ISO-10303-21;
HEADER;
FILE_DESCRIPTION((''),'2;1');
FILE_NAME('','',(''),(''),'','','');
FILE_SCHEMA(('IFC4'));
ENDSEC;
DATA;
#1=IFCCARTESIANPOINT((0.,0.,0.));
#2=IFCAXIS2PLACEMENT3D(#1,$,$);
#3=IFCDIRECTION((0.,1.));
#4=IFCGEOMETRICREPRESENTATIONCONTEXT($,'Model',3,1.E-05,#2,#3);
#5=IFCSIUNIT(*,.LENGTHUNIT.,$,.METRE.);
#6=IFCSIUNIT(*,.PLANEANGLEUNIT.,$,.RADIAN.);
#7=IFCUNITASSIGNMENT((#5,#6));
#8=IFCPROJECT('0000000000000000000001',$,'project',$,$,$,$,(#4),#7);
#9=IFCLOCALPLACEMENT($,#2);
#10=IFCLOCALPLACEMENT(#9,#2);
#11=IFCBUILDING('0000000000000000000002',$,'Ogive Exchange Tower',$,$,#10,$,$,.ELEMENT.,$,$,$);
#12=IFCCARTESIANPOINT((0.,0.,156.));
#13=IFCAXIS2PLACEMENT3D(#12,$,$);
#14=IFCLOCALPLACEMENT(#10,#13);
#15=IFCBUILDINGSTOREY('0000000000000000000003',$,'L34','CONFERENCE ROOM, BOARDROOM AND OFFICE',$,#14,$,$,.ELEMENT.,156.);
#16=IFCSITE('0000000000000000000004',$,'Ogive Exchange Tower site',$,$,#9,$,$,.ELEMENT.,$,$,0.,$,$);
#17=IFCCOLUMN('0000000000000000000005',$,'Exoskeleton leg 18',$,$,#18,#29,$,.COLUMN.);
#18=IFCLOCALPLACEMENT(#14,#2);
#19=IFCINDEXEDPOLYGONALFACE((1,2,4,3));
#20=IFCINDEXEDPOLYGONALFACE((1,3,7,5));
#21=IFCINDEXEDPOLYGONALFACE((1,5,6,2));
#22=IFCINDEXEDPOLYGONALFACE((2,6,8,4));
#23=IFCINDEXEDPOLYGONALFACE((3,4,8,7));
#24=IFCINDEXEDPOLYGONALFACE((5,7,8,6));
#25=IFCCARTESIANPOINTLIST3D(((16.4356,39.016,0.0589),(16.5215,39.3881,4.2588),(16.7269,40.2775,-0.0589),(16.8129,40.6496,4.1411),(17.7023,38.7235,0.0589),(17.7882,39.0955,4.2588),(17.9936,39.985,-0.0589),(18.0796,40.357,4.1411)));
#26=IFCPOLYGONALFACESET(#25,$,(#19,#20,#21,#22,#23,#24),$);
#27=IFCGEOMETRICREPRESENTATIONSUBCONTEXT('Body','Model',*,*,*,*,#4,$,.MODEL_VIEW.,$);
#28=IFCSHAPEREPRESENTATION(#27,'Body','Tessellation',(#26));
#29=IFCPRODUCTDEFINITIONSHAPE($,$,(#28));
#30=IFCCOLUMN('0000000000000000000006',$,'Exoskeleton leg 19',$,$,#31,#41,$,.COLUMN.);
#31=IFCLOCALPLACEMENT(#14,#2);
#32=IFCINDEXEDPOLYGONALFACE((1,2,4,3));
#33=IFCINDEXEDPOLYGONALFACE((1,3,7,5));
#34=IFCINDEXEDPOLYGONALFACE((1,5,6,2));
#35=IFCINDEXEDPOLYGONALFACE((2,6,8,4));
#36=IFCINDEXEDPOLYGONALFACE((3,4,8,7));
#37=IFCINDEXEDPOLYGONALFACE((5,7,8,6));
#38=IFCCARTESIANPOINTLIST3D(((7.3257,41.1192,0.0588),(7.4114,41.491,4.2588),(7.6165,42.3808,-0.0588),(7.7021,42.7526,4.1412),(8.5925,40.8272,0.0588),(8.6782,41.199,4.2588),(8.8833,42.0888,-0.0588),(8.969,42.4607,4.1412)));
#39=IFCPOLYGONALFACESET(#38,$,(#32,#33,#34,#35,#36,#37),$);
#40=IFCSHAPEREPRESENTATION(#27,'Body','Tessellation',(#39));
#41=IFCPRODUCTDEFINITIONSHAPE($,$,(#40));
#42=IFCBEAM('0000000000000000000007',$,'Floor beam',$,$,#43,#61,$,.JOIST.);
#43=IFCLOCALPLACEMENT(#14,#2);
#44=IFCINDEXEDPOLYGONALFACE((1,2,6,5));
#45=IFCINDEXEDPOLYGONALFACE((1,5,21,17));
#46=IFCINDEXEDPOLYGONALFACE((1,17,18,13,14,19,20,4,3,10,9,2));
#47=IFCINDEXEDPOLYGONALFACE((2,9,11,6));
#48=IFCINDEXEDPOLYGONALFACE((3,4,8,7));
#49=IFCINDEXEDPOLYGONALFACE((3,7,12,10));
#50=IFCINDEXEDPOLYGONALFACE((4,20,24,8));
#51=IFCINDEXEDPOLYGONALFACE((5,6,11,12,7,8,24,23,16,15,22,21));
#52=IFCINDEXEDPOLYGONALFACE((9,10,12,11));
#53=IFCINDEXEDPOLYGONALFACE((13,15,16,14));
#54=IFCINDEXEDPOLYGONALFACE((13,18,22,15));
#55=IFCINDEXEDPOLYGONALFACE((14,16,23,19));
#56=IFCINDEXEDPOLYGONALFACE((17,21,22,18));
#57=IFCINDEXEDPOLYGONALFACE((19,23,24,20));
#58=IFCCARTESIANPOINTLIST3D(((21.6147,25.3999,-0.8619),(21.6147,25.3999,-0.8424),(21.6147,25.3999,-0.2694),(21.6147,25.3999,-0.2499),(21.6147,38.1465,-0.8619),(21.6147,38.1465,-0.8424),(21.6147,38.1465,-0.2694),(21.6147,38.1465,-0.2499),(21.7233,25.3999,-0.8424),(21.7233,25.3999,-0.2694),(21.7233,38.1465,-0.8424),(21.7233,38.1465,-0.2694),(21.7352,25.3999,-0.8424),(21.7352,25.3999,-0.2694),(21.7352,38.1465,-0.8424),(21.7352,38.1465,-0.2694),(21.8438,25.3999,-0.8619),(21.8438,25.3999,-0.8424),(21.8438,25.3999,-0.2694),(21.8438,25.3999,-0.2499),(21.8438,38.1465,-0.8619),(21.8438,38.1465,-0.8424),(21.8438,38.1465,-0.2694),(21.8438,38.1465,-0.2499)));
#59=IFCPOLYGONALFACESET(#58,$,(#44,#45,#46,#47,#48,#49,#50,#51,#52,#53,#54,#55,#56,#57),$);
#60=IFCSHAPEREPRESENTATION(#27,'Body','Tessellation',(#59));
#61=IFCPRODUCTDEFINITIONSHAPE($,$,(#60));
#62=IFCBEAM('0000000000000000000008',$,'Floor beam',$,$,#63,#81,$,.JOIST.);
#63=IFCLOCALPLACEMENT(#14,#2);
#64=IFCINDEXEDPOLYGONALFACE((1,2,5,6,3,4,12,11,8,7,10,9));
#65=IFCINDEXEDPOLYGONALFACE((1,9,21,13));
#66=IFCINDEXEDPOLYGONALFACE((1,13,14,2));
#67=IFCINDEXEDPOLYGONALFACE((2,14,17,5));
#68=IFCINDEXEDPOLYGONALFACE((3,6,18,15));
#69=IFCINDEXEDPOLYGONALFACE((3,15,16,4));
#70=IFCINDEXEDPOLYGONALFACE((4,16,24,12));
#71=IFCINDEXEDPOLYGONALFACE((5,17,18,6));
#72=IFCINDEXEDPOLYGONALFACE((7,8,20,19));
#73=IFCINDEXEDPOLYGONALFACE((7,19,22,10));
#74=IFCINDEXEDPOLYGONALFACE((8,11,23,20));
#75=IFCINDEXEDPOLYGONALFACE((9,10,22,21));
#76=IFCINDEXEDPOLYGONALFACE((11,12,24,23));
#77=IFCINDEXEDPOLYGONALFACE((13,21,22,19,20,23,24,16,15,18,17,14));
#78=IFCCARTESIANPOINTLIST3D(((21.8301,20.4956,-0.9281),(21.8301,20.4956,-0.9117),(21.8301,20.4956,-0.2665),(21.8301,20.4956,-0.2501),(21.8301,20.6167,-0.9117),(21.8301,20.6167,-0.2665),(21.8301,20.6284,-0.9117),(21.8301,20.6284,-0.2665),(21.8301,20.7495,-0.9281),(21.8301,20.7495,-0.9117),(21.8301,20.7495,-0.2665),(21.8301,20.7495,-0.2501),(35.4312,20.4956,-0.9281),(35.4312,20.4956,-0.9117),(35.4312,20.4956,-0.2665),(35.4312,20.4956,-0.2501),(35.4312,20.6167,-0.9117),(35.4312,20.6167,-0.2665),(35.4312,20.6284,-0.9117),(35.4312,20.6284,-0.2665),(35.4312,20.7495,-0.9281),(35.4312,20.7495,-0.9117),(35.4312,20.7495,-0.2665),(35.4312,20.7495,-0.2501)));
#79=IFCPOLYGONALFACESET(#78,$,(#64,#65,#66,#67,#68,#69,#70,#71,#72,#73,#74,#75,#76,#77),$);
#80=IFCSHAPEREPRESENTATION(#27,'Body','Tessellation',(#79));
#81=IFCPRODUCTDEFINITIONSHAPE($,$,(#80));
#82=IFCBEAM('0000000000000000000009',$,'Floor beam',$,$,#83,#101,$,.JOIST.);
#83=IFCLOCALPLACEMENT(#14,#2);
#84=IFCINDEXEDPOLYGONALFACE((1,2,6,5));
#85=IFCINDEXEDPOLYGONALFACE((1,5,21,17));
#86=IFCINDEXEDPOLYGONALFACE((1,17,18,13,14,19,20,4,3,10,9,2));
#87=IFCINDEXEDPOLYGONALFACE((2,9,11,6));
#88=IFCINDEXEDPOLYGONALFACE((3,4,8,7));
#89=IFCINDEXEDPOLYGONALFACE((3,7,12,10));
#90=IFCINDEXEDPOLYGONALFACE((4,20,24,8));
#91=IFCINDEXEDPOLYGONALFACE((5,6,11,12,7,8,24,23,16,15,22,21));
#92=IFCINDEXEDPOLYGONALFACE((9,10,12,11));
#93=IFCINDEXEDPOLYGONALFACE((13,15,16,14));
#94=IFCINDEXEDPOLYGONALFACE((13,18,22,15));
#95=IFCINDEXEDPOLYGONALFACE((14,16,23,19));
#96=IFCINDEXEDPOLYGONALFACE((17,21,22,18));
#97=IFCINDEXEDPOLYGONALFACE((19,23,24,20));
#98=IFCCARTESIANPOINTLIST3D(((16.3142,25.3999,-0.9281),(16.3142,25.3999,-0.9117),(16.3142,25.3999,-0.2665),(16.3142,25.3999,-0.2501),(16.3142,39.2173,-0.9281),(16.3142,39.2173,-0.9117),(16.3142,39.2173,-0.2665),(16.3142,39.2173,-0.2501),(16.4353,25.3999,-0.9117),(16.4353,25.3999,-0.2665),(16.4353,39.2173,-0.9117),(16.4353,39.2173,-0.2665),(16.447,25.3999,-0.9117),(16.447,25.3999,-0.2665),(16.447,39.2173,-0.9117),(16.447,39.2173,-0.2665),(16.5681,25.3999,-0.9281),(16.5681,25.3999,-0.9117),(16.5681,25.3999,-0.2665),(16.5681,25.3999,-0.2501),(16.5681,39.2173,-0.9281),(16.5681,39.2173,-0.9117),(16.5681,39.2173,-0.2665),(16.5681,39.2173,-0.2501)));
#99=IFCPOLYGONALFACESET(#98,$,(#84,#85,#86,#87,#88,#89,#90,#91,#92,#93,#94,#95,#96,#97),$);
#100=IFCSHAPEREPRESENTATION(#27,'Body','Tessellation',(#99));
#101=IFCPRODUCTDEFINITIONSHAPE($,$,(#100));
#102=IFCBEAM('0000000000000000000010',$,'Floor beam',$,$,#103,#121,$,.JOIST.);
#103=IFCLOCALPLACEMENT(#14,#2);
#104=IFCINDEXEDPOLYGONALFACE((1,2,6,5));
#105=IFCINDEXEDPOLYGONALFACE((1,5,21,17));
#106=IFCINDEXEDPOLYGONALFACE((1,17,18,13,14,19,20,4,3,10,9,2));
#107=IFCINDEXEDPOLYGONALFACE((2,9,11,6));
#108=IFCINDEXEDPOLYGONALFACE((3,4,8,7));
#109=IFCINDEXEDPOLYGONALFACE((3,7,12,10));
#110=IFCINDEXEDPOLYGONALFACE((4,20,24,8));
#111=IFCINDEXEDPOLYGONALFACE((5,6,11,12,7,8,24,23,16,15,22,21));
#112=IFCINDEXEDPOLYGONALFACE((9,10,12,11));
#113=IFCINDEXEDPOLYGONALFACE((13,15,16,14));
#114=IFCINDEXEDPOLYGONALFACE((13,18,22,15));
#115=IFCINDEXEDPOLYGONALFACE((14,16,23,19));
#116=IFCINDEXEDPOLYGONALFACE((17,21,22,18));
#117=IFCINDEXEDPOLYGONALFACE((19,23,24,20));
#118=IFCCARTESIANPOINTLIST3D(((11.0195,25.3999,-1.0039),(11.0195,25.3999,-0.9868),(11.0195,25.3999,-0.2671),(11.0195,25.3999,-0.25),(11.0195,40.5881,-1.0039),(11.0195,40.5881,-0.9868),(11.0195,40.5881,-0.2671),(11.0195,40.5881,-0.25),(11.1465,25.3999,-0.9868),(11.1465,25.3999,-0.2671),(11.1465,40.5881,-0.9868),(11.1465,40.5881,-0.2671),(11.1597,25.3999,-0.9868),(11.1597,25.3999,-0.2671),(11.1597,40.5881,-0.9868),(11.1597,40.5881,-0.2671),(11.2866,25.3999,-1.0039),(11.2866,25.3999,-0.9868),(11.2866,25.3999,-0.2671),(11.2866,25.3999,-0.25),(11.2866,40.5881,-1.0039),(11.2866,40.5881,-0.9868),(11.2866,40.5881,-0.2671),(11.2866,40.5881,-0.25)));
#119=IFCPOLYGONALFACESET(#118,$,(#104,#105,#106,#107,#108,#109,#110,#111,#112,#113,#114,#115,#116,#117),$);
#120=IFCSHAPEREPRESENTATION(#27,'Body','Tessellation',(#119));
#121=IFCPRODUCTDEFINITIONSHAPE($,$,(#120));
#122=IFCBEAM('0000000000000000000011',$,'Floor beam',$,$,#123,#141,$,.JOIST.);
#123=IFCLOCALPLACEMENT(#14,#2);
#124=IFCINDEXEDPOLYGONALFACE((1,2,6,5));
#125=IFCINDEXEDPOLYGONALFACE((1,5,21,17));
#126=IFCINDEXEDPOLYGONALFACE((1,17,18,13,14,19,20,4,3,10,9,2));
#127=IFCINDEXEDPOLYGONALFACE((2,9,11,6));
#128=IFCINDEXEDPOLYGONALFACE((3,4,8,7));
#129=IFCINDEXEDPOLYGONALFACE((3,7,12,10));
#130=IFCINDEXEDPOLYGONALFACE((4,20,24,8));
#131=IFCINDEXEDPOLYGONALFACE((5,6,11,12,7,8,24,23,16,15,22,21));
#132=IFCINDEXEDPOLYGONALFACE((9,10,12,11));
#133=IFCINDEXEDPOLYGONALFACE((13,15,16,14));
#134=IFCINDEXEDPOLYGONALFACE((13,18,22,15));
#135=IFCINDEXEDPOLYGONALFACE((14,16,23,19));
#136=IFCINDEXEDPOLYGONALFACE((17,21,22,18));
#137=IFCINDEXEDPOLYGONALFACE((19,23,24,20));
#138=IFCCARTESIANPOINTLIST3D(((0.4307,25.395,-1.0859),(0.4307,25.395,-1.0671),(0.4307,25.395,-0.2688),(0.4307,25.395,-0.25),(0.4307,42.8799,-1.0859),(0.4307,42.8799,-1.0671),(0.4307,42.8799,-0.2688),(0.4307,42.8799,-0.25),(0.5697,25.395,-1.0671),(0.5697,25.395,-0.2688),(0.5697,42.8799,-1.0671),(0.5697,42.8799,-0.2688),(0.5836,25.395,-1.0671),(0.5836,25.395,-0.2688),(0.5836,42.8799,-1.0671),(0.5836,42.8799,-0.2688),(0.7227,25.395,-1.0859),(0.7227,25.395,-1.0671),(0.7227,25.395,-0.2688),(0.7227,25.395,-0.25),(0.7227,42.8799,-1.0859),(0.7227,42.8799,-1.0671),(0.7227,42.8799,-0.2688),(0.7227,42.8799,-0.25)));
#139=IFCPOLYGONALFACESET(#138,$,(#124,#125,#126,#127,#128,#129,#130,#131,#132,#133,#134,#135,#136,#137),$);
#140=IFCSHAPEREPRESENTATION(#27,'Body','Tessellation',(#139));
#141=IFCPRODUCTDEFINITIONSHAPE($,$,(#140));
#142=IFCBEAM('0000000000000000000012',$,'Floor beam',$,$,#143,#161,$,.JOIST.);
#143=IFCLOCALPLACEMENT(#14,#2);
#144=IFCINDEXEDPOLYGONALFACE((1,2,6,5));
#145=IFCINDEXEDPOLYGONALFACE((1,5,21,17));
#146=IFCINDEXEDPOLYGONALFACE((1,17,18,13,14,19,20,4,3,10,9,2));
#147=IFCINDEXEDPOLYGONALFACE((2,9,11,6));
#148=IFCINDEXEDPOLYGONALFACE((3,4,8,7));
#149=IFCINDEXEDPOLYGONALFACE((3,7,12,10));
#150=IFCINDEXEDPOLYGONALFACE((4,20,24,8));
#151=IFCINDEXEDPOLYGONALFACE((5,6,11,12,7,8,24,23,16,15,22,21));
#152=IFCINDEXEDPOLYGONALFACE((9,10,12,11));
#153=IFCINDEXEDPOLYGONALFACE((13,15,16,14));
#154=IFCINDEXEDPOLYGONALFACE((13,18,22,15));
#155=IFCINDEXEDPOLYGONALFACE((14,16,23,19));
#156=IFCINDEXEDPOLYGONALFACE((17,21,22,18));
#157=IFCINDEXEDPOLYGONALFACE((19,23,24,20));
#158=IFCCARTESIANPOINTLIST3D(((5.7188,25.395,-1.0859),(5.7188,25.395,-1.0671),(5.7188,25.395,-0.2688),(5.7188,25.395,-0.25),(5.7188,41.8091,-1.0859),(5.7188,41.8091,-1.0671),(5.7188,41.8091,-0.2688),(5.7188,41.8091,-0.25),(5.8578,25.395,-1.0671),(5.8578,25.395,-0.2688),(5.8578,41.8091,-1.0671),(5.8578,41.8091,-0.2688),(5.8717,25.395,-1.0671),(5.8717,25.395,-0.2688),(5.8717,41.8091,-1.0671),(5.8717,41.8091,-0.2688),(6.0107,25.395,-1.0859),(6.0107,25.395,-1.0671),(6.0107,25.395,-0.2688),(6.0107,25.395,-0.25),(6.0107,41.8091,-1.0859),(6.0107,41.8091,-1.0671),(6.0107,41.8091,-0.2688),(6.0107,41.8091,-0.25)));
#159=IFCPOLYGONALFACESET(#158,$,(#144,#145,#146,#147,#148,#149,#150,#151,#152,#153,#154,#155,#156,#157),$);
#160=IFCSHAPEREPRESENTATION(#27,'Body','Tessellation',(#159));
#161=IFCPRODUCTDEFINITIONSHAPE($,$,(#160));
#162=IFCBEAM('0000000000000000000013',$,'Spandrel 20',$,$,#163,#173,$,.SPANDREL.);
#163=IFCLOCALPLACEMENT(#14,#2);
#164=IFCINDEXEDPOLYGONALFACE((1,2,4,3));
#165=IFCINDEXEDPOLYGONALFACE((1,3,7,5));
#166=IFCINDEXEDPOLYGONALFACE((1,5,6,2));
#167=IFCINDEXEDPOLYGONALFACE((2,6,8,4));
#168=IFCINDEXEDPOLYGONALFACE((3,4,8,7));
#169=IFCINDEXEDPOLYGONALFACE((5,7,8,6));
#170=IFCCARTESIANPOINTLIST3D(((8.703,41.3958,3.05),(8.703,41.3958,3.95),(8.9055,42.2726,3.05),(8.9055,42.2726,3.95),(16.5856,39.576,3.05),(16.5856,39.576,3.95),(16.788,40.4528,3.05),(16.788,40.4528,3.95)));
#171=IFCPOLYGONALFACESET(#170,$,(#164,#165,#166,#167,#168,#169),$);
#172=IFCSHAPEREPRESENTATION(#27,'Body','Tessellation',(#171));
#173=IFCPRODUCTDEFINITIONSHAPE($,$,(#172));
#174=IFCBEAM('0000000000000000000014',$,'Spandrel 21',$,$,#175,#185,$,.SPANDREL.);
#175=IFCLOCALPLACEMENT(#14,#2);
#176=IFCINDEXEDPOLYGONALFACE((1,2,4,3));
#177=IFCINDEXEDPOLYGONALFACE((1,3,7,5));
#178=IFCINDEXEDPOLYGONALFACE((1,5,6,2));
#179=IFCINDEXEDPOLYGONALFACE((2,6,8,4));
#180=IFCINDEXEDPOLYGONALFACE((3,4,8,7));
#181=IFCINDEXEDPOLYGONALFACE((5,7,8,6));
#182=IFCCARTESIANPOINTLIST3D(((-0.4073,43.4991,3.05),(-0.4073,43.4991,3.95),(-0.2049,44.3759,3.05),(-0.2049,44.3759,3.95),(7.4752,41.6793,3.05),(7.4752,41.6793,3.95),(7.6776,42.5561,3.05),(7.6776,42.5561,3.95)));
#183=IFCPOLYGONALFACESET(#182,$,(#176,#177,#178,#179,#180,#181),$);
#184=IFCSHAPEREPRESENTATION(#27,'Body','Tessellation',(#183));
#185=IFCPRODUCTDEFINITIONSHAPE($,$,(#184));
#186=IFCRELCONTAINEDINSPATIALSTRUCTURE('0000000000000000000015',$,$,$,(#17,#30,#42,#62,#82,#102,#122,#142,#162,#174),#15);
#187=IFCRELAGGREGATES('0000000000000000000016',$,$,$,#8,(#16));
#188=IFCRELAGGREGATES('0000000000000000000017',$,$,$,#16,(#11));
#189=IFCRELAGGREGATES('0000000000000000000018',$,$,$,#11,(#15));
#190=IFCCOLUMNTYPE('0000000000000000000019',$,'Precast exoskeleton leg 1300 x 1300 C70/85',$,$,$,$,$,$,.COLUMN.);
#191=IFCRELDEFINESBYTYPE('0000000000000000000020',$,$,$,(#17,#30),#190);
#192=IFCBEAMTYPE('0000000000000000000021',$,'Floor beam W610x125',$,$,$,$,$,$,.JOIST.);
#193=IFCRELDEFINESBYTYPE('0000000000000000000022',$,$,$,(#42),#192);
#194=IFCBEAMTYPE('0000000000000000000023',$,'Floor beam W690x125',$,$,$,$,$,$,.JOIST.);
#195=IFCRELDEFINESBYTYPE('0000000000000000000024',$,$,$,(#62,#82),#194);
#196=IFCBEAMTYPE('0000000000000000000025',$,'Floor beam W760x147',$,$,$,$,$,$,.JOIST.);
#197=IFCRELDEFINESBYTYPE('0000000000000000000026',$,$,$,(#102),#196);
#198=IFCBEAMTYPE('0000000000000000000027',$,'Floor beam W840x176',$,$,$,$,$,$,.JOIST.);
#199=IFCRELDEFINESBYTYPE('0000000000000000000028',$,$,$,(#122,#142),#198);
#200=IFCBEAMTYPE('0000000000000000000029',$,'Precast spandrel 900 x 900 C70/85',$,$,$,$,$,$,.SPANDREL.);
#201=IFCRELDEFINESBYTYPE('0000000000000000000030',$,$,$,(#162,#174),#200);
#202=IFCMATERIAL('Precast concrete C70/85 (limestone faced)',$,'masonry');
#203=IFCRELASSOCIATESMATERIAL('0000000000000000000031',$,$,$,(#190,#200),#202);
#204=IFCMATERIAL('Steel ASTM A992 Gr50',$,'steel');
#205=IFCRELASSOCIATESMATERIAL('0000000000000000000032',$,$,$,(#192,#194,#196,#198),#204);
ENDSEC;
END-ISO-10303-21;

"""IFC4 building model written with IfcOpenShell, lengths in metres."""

from ifc_helpers import new_model, si_unit, direction, frame, origin, origin_2d, place, context, subcontext, project, spatial, rectangle, i_section, extrude, material, material_profile, profile_set, type_object, element, save


model = new_model("IFC4")

# Units and contexts
model_context = context("Model", 3, precision=1e-05, world=origin(), true_north=direction((0.0, 1.0)))
body_context = subcontext(model_context, "Body", "Model", "MODEL_VIEW")
ifc_project = project(units=[si_unit("LENGTHUNIT", "METRE"), si_unit("PLANEANGLEUNIT", "RADIAN")], contexts=[model_context])

# Site, building, storey
site_placement = place(None, origin())
site = spatial("IfcSite", under=ifc_project, at=site_placement, Name="Ogive Exchange Tower site", CompositionType="ELEMENT", RefElevation=0.0)
building_placement = place(site_placement, origin())
building = spatial("IfcBuilding", under=site, at=building_placement, Name="Ogive Exchange Tower", CompositionType="ELEMENT")
storey_placement = place(building_placement, frame((0.0, 0.0, 156.0)))
storey = spatial("IfcBuildingStorey", under=building, at=storey_placement, Name="L34", Description="CONFERENCE ROOM, BOARDROOM AND OFFICE", CompositionType="ELEMENT", Elevation=156.0)

# Columns
ifc_material_1 = material(Name="Precast concrete C70/85 (limestone faced)", Category="masonry")
ifc_material_profile_1 = material_profile(ifc_material_1, rectangle(XDim=1.3, YDim=1.3, at=origin_2d()), Name="1300 x 1300")
ifc_profile_set_1 = profile_set([ifc_material_profile_1], Name="Precast concrete C70/85 (limestone faced)")
column_type = type_object("IfcColumnType", Name="Precast exoskeleton leg 1300 x 1300 C70/85", PredefinedType="COLUMN", material=ifc_profile_set_1)
for number, where, z_axis, x_axis, name in (
    (1, (17.2146, 39.5005, 0.0), (0.020377, 0.088225, 0.995892), (-0.974348, 0.225046, 0.0), "Exoskeleton leg 18"),
    (2, (8.1045, 41.604, 0.0), (0.02032, 0.088168, 0.995898), (-0.974456, 0.224579, 0.0), "Exoskeleton leg 19"),
):
    element("IfcColumn", number, at=place(storey_placement, frame(where, z_axis=z_axis, x_axis=x_axis)), inside=storey, type_object=column_type, Name=name, PredefinedType="COLUMN", context=body_context, shape_type="SweptSolid", body=[
        extrude(rectangle(XDim=1.3, YDim=1.3, at=origin_2d()), origin(), (0.0, 0.0, 1.0), 4.2173),
    ])

# Beams
ifc_material_2 = material(Name="Steel ASTM A992 Gr50", Category="steel")
ifc_material_profile_2 = material_profile(ifc_material_2, i_section(OverallWidth=0.229, OverallDepth=0.6121, WebThickness=0.012, FlangeThickness=0.0195, at=origin_2d()), Name="W610x125")
ifc_profile_set_2 = profile_set([ifc_material_profile_2], Name="Steel ASTM A992 Gr50")
beam_type_1 = type_object("IfcBeamType", Name="Floor beam W610x125", PredefinedType="JOIST", material=ifc_profile_set_2)
beam_1_placement = place(storey_placement, frame((21.7292, 25.3999, -0.5559), z_axis=(0.0, 1.0, 0.0), x_axis=(-1.0, 0.0, 0.0)))
element("IfcBeam", 3, at=beam_1_placement, inside=storey, type_object=beam_type_1, Name="Floor beam", PredefinedType="JOIST", context=body_context, shape_type="SweptSolid", body=[
    extrude(i_section(OverallWidth=0.229, OverallDepth=0.6121, WebThickness=0.012, FlangeThickness=0.0195, at=origin_2d()), origin(), (0.0, 0.0, 1.0), 12.7466),
])
ifc_material_profile_3 = material_profile(ifc_material_2, i_section(OverallWidth=0.2539, OverallDepth=0.678, WebThickness=0.0117, FlangeThickness=0.0164, at=origin_2d()), Name="W690x125")
ifc_profile_set_3 = profile_set([ifc_material_profile_3], Name="Steel ASTM A992 Gr50")
beam_type_2 = type_object("IfcBeamType", Name="Floor beam W690x125", PredefinedType="JOIST", material=ifc_profile_set_3)
beam_2_placement = place(storey_placement, frame((21.8301, 20.6226, -0.5891), z_axis=(1.0, 0.0, 0.0), x_axis=(0.0, 1.0, 0.0)))
element("IfcBeam", 4, at=beam_2_placement, inside=storey, type_object=beam_type_2, Name="Floor beam", PredefinedType="JOIST", context=body_context, shape_type="SweptSolid", body=[
    extrude(i_section(OverallWidth=0.2539, OverallDepth=0.678, WebThickness=0.0117, FlangeThickness=0.0164, at=origin_2d()), origin(), (0.0, 0.0, 1.0), 13.6011),
])
beam_3_placement = place(storey_placement, frame((16.4412, 25.3999, -0.5891), z_axis=(0.0, 1.0, 0.0), x_axis=(-1.0, 0.0, 0.0)))
element("IfcBeam", 5, at=beam_3_placement, inside=storey, type_object=beam_type_2, Name="Floor beam", PredefinedType="JOIST", context=body_context, shape_type="SweptSolid", body=[
    extrude(i_section(OverallWidth=0.2539, OverallDepth=0.678, WebThickness=0.0117, FlangeThickness=0.0164, at=origin_2d()), origin(), (0.0, 0.0, 1.0), 13.8174),
])
ifc_material_profile_4 = material_profile(ifc_material_2, i_section(OverallWidth=0.2671, OverallDepth=0.7539, WebThickness=0.0132, FlangeThickness=0.0171, at=origin_2d()), Name="W760x147")
ifc_profile_set_4 = profile_set([ifc_material_profile_4], Name="Steel ASTM A992 Gr50")
beam_type_3 = type_object("IfcBeamType", Name="Floor beam W760x147", PredefinedType="JOIST", material=ifc_profile_set_4)
beam_4_placement = place(storey_placement, frame((11.1531, 25.3999, -0.627), z_axis=(0.0, 1.0, 0.0), x_axis=(-1.0, 0.0, 0.0)))
element("IfcBeam", 6, at=beam_4_placement, inside=storey, type_object=beam_type_3, Name="Floor beam", PredefinedType="JOIST", context=body_context, shape_type="SweptSolid", body=[
    extrude(i_section(OverallWidth=0.2671, OverallDepth=0.7539, WebThickness=0.0132, FlangeThickness=0.0171, at=origin_2d()), origin(), (0.0, 0.0, 1.0), 15.1882),
])
ifc_material_profile_5 = material_profile(ifc_material_2, i_section(OverallWidth=0.292, OverallDepth=0.8359, WebThickness=0.0139, FlangeThickness=0.0188, at=origin_2d()), Name="W840x176")
ifc_profile_set_5 = profile_set([ifc_material_profile_5], Name="Steel ASTM A992 Gr50")
beam_type_4 = type_object("IfcBeamType", Name="Floor beam W840x176", PredefinedType="JOIST", material=ifc_profile_set_5)
beam_5_placement = place(storey_placement, frame((0.5767, 25.395, -0.668), z_axis=(0.0, 1.0, 0.0), x_axis=(-1.0, 0.0, 0.0)))
element("IfcBeam", 7, at=beam_5_placement, inside=storey, type_object=beam_type_4, Name="Floor beam", PredefinedType="JOIST", context=body_context, shape_type="SweptSolid", body=[
    extrude(i_section(OverallWidth=0.292, OverallDepth=0.8359, WebThickness=0.0139, FlangeThickness=0.0188, at=origin_2d()), origin(), (0.0, 0.0, 1.0), 17.4849),
])
beam_6_placement = place(storey_placement, frame((5.8647, 25.395, -0.668), z_axis=(0.0, 1.0, 0.0), x_axis=(-1.0, 0.0, 0.0)))
element("IfcBeam", 8, at=beam_6_placement, inside=storey, type_object=beam_type_4, Name="Floor beam", PredefinedType="JOIST", context=body_context, shape_type="SweptSolid", body=[
    extrude(i_section(OverallWidth=0.292, OverallDepth=0.8359, WebThickness=0.0139, FlangeThickness=0.0188, at=origin_2d()), origin(), (0.0, 0.0, 1.0), 16.4141),
])
ifc_material_profile_6 = material_profile(ifc_material_1, rectangle(XDim=0.8999, YDim=0.8999, at=origin_2d()), Name="900 x 900")
ifc_profile_set_6 = profile_set([ifc_material_profile_6], Name="Precast concrete C70/85 (limestone faced)")
beam_type_5 = type_object("IfcBeamType", Name="Precast spandrel 900 x 900 C70/85", PredefinedType="SPANDREL", material=ifc_profile_set_6)
for number, where, z_axis, x_axis, name in (
    (9, (16.6868, 40.0144, 3.5), (-0.97437, 0.22495, 0.0), (-0.22495, -0.97437, 0.0), "Spandrel 20"),
    (10, (7.5764, 42.1177, 3.5), (-0.97437, 0.22495, 0.0), (-0.22495, -0.97437, 0.0), "Spandrel 21"),
):
    element("IfcBeam", number, at=place(storey_placement, frame(where, z_axis=z_axis, x_axis=x_axis)), inside=storey, type_object=beam_type_5, Name=name, PredefinedType="SPANDREL", context=body_context, shape_type="SweptSolid", body=[
        extrude(rectangle(XDim=0.8999, YDim=0.8999, at=origin_2d()), origin(), (0.0, 0.0, 1.0), 8.0898),
    ])

save(model, "model.ifc")
